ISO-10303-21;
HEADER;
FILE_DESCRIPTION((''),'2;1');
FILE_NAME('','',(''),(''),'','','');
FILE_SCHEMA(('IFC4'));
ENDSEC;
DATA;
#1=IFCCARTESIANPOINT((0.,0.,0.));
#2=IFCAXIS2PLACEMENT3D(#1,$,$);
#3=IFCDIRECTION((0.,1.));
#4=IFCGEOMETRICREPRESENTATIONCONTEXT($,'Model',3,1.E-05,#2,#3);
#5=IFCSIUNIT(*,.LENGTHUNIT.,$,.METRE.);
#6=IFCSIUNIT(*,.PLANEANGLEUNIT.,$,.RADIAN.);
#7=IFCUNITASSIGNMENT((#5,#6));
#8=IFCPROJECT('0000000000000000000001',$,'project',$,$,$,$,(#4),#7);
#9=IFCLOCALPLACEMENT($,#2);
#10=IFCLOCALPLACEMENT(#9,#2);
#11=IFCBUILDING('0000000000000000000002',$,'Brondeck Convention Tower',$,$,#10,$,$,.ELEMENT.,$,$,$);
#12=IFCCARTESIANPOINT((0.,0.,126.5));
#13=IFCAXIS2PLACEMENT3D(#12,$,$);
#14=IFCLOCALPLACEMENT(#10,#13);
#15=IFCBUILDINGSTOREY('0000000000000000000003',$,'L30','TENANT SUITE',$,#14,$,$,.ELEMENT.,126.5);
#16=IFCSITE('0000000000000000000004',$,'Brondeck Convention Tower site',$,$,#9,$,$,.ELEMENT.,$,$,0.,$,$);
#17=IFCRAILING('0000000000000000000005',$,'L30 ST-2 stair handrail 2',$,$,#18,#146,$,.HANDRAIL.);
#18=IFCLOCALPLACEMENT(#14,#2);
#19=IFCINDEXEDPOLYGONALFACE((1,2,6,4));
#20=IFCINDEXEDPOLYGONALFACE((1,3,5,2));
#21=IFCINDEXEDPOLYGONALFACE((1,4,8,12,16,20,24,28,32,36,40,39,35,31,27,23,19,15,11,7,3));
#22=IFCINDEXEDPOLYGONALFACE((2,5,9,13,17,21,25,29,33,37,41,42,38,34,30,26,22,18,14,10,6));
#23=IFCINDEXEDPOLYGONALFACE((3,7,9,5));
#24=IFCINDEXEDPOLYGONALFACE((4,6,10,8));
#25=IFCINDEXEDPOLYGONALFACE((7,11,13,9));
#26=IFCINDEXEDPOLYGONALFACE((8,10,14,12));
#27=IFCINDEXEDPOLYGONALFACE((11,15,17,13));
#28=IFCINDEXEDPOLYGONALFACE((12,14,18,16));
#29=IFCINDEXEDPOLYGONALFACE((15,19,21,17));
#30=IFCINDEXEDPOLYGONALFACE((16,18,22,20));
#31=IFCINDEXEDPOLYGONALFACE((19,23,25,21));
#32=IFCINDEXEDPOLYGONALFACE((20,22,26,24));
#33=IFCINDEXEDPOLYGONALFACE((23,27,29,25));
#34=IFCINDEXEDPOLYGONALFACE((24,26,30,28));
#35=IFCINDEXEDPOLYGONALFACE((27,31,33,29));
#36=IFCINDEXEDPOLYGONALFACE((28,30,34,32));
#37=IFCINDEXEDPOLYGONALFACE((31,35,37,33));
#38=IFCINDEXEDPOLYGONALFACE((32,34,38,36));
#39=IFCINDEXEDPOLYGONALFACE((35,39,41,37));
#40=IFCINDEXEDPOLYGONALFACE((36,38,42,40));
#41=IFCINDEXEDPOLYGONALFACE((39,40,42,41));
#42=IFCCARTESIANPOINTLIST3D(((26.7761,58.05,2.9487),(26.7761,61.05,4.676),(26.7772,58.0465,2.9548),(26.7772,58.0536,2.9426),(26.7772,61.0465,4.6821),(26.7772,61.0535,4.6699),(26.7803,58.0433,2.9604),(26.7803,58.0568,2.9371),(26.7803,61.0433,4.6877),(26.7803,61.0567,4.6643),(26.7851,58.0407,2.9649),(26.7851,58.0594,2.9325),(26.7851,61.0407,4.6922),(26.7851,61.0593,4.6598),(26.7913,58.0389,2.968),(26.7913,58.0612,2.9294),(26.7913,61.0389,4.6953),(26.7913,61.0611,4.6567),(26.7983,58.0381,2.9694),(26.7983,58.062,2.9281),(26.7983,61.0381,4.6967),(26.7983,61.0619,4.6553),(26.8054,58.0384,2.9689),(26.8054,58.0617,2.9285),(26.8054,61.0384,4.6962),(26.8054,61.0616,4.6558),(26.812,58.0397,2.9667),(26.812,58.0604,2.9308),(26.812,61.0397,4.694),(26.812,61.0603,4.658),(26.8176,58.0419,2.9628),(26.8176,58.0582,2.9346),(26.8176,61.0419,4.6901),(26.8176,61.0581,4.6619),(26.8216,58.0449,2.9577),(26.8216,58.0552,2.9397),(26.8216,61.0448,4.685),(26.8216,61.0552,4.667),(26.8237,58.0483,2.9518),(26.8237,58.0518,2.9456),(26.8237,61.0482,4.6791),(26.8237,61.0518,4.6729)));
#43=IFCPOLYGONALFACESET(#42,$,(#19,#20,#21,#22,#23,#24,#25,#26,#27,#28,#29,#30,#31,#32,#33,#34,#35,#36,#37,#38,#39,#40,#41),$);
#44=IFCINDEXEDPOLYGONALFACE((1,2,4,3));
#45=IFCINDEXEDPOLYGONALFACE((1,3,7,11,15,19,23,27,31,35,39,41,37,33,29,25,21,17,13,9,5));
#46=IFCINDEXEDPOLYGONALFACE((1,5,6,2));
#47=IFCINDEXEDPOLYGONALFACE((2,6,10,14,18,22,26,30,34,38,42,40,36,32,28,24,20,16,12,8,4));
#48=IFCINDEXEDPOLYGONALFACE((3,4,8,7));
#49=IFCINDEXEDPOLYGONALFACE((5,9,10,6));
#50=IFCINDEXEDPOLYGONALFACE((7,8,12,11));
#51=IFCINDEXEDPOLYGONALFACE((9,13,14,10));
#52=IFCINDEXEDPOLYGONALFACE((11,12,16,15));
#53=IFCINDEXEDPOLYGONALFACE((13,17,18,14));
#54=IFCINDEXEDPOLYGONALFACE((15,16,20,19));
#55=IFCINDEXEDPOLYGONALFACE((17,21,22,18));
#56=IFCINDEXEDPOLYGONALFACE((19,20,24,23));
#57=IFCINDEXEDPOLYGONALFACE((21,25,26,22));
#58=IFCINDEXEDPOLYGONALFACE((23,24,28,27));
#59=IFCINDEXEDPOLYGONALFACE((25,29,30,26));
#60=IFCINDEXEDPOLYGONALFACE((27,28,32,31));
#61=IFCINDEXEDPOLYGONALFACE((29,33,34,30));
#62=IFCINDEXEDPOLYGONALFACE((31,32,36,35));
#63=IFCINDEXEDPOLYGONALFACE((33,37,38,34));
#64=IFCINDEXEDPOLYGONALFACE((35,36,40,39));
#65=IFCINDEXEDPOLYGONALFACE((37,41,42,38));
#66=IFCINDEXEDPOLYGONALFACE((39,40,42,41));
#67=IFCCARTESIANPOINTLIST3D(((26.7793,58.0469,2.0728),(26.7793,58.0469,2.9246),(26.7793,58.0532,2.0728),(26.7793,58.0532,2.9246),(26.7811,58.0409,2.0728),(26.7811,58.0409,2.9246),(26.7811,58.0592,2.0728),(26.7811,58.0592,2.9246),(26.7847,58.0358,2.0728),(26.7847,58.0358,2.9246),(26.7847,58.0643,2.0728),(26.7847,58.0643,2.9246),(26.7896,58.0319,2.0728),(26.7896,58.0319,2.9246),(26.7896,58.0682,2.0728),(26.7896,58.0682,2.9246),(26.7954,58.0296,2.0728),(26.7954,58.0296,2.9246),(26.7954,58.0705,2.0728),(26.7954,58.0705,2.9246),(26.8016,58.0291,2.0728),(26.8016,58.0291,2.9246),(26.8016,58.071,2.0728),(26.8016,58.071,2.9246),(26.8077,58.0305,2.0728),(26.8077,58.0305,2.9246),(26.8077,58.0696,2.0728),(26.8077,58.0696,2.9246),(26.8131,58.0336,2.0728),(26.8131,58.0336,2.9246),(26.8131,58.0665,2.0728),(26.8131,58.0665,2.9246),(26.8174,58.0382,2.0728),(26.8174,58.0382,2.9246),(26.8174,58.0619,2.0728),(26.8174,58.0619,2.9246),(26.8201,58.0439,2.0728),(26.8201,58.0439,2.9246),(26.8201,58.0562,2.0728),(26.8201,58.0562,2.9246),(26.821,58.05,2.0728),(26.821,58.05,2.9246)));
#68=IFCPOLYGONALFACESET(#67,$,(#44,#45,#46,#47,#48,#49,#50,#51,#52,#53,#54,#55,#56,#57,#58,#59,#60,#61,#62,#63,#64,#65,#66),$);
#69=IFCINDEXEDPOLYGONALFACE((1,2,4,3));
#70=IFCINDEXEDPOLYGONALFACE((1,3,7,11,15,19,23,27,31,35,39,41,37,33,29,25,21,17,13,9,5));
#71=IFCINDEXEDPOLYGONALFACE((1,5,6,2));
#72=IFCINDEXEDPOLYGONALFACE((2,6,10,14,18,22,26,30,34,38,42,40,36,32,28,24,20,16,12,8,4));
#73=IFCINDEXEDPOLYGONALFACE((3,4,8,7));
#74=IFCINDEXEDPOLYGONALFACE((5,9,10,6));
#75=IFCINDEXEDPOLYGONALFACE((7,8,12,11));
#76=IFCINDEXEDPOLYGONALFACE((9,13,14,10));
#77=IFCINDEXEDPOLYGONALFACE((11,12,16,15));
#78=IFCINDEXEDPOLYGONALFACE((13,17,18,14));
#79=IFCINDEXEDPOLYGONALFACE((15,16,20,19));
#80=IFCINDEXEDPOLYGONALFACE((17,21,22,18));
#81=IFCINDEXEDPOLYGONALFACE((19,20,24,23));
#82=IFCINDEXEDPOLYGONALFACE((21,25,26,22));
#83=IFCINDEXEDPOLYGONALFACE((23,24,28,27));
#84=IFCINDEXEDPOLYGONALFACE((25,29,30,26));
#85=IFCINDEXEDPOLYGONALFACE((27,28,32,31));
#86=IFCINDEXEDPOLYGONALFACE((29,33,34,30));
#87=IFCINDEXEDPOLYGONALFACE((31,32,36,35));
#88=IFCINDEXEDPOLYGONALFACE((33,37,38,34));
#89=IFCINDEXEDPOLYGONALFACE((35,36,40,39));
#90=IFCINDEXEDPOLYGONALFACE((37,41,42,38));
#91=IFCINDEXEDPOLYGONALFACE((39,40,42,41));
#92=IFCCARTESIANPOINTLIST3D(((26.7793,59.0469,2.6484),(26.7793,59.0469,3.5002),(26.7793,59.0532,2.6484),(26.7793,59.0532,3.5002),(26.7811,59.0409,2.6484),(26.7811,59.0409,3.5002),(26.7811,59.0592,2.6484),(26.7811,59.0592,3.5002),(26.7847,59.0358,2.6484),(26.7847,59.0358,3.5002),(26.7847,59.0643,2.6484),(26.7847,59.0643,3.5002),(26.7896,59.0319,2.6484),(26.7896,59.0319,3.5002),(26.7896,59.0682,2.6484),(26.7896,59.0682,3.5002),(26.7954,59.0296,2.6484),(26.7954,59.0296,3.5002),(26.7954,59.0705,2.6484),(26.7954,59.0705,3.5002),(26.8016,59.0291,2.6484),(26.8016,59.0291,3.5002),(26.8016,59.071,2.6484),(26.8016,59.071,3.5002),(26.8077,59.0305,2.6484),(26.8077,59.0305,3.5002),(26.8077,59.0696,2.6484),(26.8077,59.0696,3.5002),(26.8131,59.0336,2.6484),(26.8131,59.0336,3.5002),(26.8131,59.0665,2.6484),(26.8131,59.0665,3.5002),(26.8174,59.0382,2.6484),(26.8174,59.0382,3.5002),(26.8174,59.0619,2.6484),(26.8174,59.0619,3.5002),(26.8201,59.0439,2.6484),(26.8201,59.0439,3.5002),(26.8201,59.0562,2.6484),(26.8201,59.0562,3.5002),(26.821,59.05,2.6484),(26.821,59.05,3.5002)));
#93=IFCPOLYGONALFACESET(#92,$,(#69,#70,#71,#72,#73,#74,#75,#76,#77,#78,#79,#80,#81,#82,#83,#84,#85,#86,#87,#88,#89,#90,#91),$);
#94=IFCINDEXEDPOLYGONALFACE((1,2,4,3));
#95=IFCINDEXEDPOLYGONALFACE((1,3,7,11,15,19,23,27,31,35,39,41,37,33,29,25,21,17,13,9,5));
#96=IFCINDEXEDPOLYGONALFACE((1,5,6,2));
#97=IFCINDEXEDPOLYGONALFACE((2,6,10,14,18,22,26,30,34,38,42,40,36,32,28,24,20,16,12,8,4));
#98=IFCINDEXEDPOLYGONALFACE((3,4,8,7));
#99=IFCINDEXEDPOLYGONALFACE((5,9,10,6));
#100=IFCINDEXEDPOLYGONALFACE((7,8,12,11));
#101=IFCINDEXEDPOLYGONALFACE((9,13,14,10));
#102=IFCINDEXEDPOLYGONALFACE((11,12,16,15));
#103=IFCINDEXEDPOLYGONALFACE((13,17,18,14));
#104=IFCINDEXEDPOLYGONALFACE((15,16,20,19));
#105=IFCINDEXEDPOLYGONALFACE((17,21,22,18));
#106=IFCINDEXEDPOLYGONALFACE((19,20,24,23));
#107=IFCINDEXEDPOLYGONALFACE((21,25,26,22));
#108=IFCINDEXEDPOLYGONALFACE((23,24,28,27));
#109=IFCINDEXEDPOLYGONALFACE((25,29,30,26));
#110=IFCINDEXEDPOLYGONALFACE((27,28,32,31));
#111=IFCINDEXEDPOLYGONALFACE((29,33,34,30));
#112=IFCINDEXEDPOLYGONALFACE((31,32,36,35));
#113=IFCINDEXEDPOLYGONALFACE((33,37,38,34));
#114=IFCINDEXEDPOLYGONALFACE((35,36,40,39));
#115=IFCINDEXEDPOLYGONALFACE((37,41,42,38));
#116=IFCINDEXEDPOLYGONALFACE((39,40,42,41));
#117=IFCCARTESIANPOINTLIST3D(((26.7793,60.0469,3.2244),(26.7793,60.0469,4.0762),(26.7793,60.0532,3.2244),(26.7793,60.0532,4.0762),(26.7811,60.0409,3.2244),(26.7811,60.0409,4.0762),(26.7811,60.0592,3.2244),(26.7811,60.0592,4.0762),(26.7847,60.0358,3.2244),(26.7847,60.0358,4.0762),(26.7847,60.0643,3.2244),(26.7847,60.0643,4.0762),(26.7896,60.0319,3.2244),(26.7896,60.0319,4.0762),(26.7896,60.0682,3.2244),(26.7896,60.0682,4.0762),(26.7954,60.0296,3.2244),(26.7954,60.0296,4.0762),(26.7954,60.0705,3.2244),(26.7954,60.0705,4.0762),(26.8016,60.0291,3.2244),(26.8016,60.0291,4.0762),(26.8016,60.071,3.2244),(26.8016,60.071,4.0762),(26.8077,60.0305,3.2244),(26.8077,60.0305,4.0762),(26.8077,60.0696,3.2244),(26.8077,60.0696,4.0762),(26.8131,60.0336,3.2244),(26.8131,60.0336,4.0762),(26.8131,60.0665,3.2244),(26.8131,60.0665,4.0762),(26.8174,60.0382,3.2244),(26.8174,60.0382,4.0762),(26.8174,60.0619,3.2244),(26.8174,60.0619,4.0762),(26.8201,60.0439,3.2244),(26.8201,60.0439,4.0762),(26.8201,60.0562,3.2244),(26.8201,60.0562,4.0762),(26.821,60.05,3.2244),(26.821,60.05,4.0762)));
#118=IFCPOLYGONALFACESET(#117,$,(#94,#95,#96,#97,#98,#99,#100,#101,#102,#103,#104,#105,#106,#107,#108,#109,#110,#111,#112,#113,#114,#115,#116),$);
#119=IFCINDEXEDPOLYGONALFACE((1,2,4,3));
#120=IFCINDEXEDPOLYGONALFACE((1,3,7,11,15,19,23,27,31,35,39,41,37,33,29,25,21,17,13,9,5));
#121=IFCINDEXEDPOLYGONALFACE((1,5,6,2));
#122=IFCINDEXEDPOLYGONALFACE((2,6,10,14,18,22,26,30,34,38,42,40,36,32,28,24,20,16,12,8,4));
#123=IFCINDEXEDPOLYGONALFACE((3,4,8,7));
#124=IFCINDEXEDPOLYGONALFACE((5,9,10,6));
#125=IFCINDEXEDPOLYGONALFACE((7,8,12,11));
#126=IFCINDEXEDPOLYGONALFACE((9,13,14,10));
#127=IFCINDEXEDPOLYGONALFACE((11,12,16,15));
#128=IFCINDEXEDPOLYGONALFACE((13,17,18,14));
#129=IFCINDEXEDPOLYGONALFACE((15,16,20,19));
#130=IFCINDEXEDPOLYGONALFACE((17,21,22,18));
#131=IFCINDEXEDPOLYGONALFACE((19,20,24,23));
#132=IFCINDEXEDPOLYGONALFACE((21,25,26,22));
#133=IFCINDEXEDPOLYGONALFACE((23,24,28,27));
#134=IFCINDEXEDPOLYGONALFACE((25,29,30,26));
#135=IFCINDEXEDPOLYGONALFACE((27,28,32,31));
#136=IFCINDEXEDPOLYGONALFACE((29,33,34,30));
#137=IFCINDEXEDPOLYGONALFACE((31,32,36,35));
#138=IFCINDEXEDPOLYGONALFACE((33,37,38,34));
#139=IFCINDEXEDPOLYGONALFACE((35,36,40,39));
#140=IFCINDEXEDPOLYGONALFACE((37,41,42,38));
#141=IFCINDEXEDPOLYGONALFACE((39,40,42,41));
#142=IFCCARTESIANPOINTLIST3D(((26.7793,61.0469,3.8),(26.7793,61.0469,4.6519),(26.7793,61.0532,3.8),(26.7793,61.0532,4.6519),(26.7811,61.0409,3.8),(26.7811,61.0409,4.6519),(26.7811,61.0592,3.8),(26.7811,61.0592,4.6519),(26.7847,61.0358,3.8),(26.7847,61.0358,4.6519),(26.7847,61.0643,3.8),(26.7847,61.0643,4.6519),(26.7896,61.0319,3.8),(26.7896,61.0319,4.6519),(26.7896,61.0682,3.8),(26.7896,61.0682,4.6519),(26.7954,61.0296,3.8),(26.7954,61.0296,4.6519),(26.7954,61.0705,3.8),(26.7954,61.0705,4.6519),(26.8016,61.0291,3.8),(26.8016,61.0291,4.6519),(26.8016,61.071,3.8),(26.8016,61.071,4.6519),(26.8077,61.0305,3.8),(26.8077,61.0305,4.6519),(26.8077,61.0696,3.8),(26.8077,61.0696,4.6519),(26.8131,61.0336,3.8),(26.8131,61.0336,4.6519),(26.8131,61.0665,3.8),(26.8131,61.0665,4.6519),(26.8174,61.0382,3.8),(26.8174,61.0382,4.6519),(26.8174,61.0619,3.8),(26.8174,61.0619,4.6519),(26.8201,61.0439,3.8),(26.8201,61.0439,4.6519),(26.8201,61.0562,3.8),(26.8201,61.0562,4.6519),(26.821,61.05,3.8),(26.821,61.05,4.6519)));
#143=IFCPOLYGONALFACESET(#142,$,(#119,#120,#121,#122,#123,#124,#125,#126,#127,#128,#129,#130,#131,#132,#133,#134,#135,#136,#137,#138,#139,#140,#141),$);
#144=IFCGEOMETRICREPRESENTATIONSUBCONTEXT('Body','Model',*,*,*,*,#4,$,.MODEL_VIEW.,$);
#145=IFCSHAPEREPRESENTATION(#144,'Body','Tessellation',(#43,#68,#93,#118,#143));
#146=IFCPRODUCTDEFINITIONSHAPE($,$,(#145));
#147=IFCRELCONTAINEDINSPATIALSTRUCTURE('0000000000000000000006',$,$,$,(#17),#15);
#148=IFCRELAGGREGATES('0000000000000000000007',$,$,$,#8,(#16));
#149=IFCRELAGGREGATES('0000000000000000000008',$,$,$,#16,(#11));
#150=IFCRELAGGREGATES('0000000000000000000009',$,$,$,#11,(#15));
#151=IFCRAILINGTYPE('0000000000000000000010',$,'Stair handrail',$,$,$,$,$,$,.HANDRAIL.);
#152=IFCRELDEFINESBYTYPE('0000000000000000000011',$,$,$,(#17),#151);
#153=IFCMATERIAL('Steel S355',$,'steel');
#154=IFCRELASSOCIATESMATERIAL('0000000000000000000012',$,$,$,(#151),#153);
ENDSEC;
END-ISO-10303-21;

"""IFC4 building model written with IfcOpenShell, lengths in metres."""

from ifc_helpers import new_model, si_unit, direction, frame, origin, origin_2d, place, context, subcontext, project, spatial, circle, extrude, material, type_object, element, save


model = new_model("IFC4")

# Units and contexts
model_context = context("Model", 3, precision=1e-05, world=origin(), true_north=direction((0.0, 1.0)))
body_context = subcontext(model_context, "Body", "Model", "MODEL_VIEW")
ifc_project = project(units=[si_unit("LENGTHUNIT", "METRE"), si_unit("PLANEANGLEUNIT", "RADIAN")], contexts=[model_context])

# Site, building, storey
site_placement = place(None, origin())
site = spatial("IfcSite", under=ifc_project, at=site_placement, Name="Brondeck Convention Tower site", CompositionType="ELEMENT", RefElevation=0.0)
building_placement = place(site_placement, origin())
building = spatial("IfcBuilding", under=site, at=building_placement, Name="Brondeck Convention Tower", CompositionType="ELEMENT")
storey_placement = place(building_placement, frame((0.0, 0.0, 126.5)))
storey = spatial("IfcBuildingStorey", under=building, at=storey_placement, Name="L30", Description="TENANT SUITE", CompositionType="ELEMENT", Elevation=126.5)

# Shared definitions
ifc_material_1 = material(Name="Steel S355", Category="steel")

# Railing
railing_type_1 = type_object("IfcRailingType", Name="Stair handrail", PredefinedType="HANDRAIL", material=ifc_material_1)
railing_1_placement = place(storey_placement, frame((26.8, 58.05, 2.0728)))
element("IfcRailing", 1, at=railing_1_placement, inside=storey, type_object=railing_type_1, Name="L30 ST-2 stair handrail 2", PredefinedType="HANDRAIL", context=body_context, shape_type="SweptSolid", body=[
    extrude(circle(Radius=0.0239, at=origin_2d()), frame((0.0, 0.0, 0.876), z_axis=(0.0, 0.86662, 0.498969), x_axis=(-1.0, 0.0, 0.0)), (0.0, 0.0, 1.0), 3.4617),
    extrude(circle(Radius=0.021, at=origin_2d()), origin(), (0.0, 0.0, 1.0), 0.8518),
    extrude(circle(Radius=0.021, at=origin_2d()), frame((0.0, 1.0, 0.5757)), (0.0, 0.0, 1.0), 0.8518),
    extrude(circle(Radius=0.021, at=origin_2d()), frame((0.0, 2.0, 1.1516)), (0.0, 0.0, 1.0), 0.8518),
    extrude(circle(Radius=0.021, at=origin_2d()), frame((0.0, 3.0, 1.7273)), (0.0, 0.0, 1.0), 0.8518),
])

save(model, "model.ifc")
